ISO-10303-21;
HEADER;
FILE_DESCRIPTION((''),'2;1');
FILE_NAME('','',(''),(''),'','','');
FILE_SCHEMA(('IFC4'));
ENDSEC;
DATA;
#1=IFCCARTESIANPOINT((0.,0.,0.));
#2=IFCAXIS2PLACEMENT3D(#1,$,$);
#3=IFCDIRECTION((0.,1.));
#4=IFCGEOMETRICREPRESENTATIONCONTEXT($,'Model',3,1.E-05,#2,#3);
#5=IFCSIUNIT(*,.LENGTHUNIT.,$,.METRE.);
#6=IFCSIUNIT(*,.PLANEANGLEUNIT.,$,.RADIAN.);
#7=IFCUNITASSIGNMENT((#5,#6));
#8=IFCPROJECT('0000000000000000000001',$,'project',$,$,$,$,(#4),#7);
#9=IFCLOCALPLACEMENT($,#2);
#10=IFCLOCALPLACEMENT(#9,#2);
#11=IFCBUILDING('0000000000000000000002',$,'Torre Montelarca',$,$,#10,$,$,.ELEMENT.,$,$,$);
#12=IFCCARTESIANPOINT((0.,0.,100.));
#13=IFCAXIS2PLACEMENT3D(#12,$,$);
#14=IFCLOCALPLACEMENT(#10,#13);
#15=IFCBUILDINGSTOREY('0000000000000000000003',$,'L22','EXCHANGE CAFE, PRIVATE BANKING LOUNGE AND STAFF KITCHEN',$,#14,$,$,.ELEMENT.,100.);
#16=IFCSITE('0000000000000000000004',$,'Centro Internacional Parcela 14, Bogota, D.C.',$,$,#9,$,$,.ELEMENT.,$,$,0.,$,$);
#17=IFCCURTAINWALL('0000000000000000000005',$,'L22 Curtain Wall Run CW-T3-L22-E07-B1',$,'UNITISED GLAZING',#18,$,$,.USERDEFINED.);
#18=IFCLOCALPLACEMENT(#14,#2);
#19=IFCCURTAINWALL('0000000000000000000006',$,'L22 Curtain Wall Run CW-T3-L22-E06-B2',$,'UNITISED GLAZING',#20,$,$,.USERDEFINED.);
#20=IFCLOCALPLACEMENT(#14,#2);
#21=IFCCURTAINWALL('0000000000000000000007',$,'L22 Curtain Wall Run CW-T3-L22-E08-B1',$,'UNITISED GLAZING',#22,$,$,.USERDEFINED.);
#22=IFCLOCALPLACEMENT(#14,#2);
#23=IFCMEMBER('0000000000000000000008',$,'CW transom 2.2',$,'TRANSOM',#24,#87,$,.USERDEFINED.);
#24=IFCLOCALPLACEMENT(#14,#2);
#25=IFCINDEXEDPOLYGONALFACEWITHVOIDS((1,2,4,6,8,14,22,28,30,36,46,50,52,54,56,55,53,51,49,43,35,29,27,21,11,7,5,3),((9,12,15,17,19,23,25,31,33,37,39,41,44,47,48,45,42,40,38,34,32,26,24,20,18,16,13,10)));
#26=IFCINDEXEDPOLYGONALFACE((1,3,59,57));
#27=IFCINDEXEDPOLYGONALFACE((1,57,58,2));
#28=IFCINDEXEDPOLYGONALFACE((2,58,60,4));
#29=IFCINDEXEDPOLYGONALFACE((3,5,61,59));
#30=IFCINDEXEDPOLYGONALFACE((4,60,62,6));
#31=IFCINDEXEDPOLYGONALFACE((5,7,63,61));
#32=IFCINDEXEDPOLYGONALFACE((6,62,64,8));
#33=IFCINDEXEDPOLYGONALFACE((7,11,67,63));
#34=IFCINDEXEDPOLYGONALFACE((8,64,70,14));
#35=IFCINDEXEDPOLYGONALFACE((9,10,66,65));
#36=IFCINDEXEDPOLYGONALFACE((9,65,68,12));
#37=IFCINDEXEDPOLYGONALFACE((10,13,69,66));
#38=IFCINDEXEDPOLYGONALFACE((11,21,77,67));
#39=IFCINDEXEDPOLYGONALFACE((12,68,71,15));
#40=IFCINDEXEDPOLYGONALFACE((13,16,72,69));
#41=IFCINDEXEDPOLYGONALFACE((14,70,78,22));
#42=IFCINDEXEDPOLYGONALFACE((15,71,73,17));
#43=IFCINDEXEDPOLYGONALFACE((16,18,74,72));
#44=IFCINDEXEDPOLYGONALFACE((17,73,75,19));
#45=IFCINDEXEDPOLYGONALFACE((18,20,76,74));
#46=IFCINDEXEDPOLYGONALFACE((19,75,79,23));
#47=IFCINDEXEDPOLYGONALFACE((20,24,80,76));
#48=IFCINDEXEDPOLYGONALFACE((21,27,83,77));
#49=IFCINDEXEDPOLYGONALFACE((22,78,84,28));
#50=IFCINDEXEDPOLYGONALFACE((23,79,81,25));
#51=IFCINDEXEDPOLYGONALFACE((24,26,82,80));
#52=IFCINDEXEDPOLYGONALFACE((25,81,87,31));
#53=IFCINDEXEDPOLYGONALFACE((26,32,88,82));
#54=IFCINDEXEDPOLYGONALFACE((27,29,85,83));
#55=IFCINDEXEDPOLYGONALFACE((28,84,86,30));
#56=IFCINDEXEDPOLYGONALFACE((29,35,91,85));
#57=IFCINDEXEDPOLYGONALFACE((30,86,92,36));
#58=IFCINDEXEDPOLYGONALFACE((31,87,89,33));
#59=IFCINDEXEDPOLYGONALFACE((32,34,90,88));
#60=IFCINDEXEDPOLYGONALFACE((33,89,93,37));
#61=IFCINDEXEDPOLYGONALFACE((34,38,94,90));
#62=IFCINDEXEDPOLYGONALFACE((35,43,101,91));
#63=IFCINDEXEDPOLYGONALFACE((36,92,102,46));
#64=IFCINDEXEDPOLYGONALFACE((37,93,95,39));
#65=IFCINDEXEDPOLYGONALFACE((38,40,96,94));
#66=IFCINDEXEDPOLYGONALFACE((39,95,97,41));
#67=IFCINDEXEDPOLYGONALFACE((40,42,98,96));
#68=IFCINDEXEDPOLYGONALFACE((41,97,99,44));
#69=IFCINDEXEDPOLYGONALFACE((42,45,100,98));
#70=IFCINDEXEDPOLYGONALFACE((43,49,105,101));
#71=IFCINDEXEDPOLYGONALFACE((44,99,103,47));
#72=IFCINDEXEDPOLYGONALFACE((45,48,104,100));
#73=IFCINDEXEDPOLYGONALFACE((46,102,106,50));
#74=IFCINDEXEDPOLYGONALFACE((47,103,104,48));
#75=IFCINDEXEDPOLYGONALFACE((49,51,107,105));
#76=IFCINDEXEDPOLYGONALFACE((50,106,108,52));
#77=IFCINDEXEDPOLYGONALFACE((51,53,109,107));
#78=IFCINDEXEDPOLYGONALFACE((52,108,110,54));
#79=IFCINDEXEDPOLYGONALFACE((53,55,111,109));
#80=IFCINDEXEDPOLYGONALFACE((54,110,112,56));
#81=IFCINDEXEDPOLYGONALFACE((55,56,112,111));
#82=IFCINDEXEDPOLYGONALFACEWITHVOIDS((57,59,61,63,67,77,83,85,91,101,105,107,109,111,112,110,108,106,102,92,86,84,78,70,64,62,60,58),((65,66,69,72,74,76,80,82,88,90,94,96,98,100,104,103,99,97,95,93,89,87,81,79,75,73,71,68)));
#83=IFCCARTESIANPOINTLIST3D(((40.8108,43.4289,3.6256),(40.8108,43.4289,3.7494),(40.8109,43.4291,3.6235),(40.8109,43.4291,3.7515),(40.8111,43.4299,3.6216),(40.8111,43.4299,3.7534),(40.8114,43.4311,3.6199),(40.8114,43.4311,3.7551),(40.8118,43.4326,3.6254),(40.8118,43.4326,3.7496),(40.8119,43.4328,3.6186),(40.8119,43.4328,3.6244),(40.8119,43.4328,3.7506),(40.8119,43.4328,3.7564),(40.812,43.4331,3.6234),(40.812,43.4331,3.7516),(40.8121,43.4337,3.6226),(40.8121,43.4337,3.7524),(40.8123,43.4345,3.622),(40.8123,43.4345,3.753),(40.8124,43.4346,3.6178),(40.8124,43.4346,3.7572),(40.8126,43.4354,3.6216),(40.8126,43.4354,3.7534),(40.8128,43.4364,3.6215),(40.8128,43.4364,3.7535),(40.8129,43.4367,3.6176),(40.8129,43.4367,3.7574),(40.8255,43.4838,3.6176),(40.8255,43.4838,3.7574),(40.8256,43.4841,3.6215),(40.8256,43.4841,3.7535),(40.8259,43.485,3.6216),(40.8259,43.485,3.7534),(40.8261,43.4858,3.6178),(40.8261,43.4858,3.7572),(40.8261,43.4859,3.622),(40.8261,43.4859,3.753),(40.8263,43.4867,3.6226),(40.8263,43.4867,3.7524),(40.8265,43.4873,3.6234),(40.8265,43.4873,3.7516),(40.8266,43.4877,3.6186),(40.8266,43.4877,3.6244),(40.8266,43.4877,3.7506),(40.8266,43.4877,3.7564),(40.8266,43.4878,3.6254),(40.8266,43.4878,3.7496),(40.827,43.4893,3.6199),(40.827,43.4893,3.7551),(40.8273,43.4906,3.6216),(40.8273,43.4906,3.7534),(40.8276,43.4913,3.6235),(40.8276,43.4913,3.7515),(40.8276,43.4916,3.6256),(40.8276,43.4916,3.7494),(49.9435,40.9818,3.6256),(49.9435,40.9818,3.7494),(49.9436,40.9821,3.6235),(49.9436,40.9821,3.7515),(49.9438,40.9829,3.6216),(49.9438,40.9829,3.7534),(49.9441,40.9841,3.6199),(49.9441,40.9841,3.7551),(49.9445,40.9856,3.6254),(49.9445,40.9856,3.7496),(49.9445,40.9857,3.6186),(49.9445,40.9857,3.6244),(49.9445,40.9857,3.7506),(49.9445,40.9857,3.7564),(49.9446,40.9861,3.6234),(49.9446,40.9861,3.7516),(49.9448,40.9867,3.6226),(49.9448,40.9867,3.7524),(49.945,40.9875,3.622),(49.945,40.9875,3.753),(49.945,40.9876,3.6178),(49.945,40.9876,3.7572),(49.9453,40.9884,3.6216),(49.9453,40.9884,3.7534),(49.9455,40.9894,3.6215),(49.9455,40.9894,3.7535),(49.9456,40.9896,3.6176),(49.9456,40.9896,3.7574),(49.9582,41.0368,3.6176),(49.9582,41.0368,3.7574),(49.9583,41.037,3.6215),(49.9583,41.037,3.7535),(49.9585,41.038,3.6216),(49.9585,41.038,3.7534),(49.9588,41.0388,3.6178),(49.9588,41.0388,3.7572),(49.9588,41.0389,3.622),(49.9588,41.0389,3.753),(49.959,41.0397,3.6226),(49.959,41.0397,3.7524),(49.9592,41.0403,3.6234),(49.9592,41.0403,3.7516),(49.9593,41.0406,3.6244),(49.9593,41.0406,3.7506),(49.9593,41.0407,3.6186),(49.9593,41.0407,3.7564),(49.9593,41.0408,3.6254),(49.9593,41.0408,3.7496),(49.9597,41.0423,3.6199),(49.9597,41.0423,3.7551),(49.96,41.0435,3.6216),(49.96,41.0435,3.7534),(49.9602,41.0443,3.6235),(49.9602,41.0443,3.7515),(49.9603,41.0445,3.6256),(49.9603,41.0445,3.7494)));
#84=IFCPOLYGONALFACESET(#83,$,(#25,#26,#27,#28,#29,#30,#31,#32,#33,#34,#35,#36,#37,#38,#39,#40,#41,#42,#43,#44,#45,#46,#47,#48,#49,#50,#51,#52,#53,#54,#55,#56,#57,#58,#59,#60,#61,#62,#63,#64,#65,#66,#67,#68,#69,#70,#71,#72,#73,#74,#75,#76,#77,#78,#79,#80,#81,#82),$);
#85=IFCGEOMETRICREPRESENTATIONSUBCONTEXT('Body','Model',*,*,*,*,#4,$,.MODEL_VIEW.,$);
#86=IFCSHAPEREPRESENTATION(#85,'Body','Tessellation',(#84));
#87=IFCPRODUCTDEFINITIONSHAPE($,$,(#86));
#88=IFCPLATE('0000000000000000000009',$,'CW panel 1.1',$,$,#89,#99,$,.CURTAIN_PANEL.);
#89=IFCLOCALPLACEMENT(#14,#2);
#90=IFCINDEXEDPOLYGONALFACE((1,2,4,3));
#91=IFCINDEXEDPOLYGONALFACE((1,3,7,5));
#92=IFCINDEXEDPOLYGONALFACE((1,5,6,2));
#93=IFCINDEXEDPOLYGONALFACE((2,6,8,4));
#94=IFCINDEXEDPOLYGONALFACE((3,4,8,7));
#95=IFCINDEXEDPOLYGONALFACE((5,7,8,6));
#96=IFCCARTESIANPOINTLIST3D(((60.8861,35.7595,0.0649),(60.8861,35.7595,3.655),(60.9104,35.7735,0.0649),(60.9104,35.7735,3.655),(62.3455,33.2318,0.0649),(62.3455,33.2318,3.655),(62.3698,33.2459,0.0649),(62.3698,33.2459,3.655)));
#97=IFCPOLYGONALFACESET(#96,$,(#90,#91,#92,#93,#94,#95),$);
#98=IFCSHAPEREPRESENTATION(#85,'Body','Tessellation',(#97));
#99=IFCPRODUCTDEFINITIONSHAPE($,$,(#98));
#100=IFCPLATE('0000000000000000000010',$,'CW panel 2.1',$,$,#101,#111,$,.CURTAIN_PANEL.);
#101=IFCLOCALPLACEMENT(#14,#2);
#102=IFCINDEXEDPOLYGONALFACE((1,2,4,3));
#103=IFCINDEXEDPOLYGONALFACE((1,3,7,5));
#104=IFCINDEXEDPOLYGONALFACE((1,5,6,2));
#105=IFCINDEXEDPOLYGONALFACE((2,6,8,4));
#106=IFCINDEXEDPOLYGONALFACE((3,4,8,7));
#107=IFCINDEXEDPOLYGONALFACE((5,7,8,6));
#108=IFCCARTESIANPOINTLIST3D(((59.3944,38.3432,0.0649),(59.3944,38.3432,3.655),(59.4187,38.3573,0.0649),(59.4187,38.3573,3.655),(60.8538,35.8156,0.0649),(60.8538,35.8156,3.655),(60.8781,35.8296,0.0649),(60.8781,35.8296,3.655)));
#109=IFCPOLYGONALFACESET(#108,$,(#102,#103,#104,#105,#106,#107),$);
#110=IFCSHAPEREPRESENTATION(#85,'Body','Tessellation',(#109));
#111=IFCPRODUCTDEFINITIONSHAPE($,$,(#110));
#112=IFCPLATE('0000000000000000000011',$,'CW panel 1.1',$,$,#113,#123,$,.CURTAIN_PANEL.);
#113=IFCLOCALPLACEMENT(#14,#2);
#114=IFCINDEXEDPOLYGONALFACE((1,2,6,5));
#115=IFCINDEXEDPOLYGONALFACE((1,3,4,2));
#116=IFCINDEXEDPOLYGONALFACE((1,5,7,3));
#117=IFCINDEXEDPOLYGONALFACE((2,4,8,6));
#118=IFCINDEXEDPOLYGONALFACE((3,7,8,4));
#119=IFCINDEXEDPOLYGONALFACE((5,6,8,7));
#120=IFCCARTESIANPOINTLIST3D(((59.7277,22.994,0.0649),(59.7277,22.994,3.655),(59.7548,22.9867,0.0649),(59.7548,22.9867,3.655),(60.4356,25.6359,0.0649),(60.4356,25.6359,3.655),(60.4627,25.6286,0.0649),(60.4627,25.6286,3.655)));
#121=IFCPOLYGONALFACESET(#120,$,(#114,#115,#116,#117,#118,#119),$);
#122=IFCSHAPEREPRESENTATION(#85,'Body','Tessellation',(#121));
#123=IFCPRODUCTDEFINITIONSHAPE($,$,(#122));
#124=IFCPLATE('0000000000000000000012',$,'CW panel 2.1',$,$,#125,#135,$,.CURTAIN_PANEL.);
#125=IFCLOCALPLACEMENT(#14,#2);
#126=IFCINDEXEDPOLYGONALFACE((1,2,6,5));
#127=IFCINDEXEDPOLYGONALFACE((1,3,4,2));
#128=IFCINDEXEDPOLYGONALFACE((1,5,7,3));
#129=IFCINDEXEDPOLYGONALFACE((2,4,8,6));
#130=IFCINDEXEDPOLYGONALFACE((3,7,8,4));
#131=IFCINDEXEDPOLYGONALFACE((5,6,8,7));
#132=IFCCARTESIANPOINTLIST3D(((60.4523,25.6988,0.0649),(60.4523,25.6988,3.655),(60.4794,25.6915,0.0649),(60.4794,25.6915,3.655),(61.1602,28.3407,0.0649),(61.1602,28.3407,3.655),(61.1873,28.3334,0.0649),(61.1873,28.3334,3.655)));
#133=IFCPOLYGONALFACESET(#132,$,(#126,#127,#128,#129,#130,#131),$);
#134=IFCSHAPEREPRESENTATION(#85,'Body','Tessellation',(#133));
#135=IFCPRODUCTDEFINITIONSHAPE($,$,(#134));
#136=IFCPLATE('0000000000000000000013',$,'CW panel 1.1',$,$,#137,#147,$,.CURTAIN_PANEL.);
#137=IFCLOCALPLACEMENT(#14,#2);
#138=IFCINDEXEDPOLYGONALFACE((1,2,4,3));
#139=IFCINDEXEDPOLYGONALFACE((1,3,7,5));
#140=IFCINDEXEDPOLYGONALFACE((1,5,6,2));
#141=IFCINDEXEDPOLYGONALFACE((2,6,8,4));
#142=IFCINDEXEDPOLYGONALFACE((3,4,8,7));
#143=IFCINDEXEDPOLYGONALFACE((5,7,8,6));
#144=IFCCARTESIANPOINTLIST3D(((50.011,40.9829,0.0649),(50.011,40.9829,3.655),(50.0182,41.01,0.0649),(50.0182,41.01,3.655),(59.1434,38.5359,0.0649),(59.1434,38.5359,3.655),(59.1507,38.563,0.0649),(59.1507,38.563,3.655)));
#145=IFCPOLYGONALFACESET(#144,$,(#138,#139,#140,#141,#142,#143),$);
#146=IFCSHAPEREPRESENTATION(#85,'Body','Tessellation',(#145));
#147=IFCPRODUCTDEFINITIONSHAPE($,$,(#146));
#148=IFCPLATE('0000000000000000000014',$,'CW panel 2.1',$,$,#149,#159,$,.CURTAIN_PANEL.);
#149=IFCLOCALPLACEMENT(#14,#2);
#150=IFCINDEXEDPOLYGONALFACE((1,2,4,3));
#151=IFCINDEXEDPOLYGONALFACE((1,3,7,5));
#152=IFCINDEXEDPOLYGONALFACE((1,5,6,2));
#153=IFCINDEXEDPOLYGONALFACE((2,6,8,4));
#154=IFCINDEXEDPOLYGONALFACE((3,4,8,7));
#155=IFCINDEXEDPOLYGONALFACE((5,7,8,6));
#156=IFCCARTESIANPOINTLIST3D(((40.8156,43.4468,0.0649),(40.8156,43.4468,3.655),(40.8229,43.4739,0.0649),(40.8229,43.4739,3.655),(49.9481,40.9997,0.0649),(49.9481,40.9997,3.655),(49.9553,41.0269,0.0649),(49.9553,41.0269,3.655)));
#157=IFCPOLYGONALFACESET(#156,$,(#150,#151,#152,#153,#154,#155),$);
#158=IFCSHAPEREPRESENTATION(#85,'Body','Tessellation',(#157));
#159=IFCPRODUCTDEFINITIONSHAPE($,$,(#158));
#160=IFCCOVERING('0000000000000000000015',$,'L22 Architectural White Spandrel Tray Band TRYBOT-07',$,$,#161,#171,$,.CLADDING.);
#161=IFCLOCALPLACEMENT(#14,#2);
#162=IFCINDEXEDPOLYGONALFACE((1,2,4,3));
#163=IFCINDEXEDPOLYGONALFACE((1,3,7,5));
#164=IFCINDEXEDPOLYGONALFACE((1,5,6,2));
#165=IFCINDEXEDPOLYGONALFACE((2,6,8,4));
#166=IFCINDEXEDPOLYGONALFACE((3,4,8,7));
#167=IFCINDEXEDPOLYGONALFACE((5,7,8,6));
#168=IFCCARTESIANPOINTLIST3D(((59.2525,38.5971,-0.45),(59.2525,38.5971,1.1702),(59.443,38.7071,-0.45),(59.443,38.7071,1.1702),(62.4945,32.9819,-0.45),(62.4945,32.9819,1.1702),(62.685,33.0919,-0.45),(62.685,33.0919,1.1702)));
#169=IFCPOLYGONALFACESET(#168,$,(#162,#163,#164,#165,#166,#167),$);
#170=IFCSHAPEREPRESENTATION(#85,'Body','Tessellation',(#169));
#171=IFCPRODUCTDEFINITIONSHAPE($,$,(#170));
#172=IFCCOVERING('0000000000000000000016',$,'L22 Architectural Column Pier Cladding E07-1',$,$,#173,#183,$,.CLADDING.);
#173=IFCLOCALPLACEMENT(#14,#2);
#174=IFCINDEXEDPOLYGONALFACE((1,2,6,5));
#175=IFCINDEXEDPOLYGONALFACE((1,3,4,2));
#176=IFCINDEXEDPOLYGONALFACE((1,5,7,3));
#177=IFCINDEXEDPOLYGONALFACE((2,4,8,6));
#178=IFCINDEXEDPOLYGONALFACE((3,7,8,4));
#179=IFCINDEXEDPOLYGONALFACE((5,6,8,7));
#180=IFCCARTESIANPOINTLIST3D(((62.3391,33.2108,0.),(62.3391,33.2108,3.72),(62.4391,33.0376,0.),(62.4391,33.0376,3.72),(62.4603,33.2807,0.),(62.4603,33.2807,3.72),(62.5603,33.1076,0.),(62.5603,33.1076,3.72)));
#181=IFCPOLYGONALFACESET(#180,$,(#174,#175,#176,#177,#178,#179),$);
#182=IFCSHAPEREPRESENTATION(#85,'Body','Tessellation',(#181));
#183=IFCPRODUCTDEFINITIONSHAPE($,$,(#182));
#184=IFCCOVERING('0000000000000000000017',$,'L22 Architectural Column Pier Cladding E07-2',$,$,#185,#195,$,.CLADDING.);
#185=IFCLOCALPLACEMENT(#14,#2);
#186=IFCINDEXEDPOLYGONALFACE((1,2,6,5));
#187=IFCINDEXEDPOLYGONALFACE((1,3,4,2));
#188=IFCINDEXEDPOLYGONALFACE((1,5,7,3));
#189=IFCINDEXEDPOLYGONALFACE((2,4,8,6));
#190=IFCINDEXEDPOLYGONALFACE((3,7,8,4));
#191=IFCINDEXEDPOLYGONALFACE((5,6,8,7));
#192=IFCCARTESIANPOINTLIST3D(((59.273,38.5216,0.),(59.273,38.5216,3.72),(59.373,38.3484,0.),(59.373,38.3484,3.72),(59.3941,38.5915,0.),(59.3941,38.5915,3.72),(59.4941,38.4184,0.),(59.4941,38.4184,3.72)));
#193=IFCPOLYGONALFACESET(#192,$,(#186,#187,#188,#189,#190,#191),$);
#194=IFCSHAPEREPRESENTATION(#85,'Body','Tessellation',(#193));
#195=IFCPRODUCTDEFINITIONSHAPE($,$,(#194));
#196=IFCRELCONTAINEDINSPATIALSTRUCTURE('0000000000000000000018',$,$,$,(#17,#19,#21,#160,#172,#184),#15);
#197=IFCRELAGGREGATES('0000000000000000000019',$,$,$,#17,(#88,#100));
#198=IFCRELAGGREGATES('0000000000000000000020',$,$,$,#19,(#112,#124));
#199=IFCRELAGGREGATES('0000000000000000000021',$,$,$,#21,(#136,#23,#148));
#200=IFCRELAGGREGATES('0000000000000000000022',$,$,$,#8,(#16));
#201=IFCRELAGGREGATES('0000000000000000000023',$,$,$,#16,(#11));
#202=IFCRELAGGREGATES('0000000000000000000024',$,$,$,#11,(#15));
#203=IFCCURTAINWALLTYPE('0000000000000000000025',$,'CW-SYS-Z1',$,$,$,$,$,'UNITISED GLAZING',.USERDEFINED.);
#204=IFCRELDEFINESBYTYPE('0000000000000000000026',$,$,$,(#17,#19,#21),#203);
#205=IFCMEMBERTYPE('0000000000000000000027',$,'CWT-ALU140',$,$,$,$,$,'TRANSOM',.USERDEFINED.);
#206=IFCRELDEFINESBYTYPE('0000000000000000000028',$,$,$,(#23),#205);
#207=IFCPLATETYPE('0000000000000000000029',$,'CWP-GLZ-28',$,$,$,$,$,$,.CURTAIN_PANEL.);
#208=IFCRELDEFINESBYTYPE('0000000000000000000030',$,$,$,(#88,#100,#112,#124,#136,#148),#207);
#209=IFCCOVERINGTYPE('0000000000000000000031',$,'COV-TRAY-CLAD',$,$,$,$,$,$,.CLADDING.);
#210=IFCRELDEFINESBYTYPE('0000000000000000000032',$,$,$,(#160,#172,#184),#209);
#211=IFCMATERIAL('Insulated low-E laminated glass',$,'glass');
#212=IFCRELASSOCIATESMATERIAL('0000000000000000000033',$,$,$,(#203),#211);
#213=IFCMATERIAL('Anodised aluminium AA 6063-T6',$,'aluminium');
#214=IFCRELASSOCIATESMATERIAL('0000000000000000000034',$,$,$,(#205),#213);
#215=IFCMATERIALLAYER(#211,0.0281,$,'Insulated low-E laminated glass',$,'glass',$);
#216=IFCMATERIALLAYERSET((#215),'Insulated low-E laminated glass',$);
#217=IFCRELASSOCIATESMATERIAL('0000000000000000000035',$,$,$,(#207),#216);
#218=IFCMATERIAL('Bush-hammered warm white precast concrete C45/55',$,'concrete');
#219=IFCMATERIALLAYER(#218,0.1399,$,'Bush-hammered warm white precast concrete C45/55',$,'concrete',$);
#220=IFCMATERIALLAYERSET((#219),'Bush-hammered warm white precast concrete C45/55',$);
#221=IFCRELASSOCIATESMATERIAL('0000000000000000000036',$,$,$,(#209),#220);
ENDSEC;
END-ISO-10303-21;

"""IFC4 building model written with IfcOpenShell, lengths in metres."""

from ifc_helpers import new_model, si_unit, direction, frame, origin, origin_2d, place, context, subcontext, project, spatial, rectangle, hollow_rectangle, extrude, source, transform, mapped, material, layer, layer_set, material_profile, profile_set, type_object, element, aggregate, save


model = new_model("IFC4")

# Units and contexts
model_context = context("Model", 3, precision=1e-05, world=origin(), true_north=direction((0.0, 1.0)))
body_context = subcontext(model_context, "Body", "Model", "MODEL_VIEW")
ifc_project = project(units=[si_unit("LENGTHUNIT", "METRE"), si_unit("PLANEANGLEUNIT", "RADIAN")], contexts=[model_context])

# Site, building, storey
site_placement = place(None, origin())
site = spatial("IfcSite", under=ifc_project, at=site_placement, Name="Centro Internacional Parcela 14, Bogota, D.C.", CompositionType="ELEMENT", RefElevation=0.0)
building_placement = place(site_placement, origin())
building = spatial("IfcBuilding", under=site, at=building_placement, Name="Torre Montelarca", CompositionType="ELEMENT")
storey_placement = place(building_placement, frame((0.0, 0.0, 100.0)))
storey = spatial("IfcBuildingStorey", under=building, at=storey_placement, Name="L22", Description="EXCHANGE CAFE, PRIVATE BANKING LOUNGE AND STAFF KITCHEN", CompositionType="ELEMENT", Elevation=100.0)

# Curtain walls
ifc_material_1 = material(Name="Insulated low-E laminated glass", Category="glass")
curtain_wall_type = type_object("IfcCurtainWallType", Name="CW-SYS-Z1", ElementType="UNITISED GLAZING", PredefinedType="USERDEFINED", material=ifc_material_1)
curtain_wall_1_placement = place(storey_placement, origin())
curtain_wall_1 = element("IfcCurtainWall", 1, at=curtain_wall_1_placement, inside=storey, type_object=curtain_wall_type, Name="L22 Curtain Wall Run CW-T3-L22-E07-B1", ObjectType="UNITISED GLAZING", PredefinedType="USERDEFINED")
ifc_material_2 = material(Name="Anodised aluminium AA 6063-T6", Category="aluminium")
ifc_material_profile_1 = material_profile(ifc_material_2, hollow_rectangle(XDim=0.0649, YDim=0.1399, WallThickness=0.0039, InnerFilletRadius=0.0039, OuterFilletRadius=0.0081, at=origin_2d()), Name="ALU65X140X4", Category="aluminium")
ifc_profile_set_1 = profile_set([ifc_material_profile_1], Name="Anodised aluminium AA 6063-T6")
member_type_1 = type_object("IfcMemberType", Name="CWT-ALU140", ElementType="TRANSOM", PredefinedType="USERDEFINED", material=ifc_profile_set_1)
curtain_wall_2_placement = place(storey_placement, origin())
curtain_wall_2 = element("IfcCurtainWall", 2, at=curtain_wall_2_placement, inside=storey, type_object=curtain_wall_type, Name="L22 Curtain Wall Run CW-T3-L22-E06-B2", ObjectType="UNITISED GLAZING", PredefinedType="USERDEFINED")

# Curtain wall, member
curtain_wall_3_placement = place(storey_placement, origin())
curtain_wall_3 = element("IfcCurtainWall", 3, at=curtain_wall_3_placement, inside=storey, type_object=curtain_wall_type, Name="L22 Curtain Wall Run CW-T3-L22-E08-B1", ObjectType="UNITISED GLAZING", PredefinedType="USERDEFINED")
shared_shape_1 = source(origin(), body_context, "Body", "SweptSolid", [
    extrude(hollow_rectangle(XDim=0.0649, YDim=0.1399, WallThickness=0.0039, InnerFilletRadius=0.0039, OuterFilletRadius=0.0081, at=origin_2d()), origin(), (0.0, 0.0, 1.0), 9.4548),
])
member_1_placement = place(storey_placement, frame((49.9519, 41.0132, 3.6875), z_axis=(-0.965927, 0.258815, 0.0), x_axis=(-0.258815, -0.965927, 0.0)))
member_1 = element("IfcMember", 4, at=member_1_placement, type_object=member_type_1, Name="CW transom 2.2", ObjectType="TRANSOM", PredefinedType="USERDEFINED", context=body_context, shape_type="MappedRepresentation", body=[
    mapped(shared_shape_1, transform((0.0, 0.0, 0.0), scale=1.0)),
])

# Plates
ifc_layer_1 = layer(ifc_material_1, 0.0281, Name="Insulated low-E laminated glass", Category="glass")
ifc_layer_set_1 = layer_set([ifc_layer_1], Name="Insulated low-E laminated glass")
plate_type = type_object("IfcPlateType", Name="CWP-GLZ-28", PredefinedType="CURTAIN_PANEL", material=ifc_layer_set_1)
shared_shape_2 = source(origin(), body_context, "Body", "SweptSolid", [
    extrude(rectangle(XDim=2.9187, YDim=0.0281, at=origin_2d()), origin(), (0.0, 0.0, 1.0), 3.5901),
])
plate_1_placement = place(storey_placement, frame((61.6279, 34.5027, 0.0649), z_axis=(0.0, 0.0, 1.0), x_axis=(-0.500008, 0.866021, 0.0)))
plate_1 = element("IfcPlate", 5, at=plate_1_placement, type_object=plate_type, Name="CW panel 1.1", PredefinedType="CURTAIN_PANEL", context=body_context, shape_type="MappedRepresentation", body=[
    mapped(shared_shape_2, transform((0.0, 0.0, 0.0), scale=1.0)),
])
plate_2_placement = place(storey_placement, frame((60.1362, 37.0864, 0.0649), z_axis=(0.0, 0.0, 1.0), x_axis=(-0.500008, 0.866021, 0.0)))
plate_2 = element("IfcPlate", 6, at=plate_2_placement, type_object=plate_type, Name="CW panel 2.1", PredefinedType="CURTAIN_PANEL", context=body_context, shape_type="MappedRepresentation", body=[
    mapped(shared_shape_2, transform((0.0, 0.0, 0.0), scale=1.0)),
])
aggregate(curtain_wall_1, [plate_1, plate_2])
shared_shape_3 = source(origin(), body_context, "Body", "SweptSolid", [
    extrude(rectangle(XDim=2.7351, YDim=0.0281, at=origin_2d()), origin(), (0.0, 0.0, 1.0), 3.5901),
])
plate_3_placement = place(storey_placement, frame((60.0952, 24.3113, 0.0649), z_axis=(0.0, 0.0, 1.0), x_axis=(0.258816, 0.965927, 0.0)))
plate_3 = element("IfcPlate", 7, at=plate_3_placement, type_object=plate_type, Name="CW panel 1.1", PredefinedType="CURTAIN_PANEL", context=body_context, shape_type="MappedRepresentation", body=[
    mapped(shared_shape_3, transform((0.0, 0.0, 0.0), scale=1.0)),
])
plate_4_placement = place(storey_placement, frame((60.8198, 27.0161, 0.0649), z_axis=(0.0, 0.0, 1.0), x_axis=(0.258816, 0.965927, 0.0)))
plate_4 = element("IfcPlate", 8, at=plate_4_placement, type_object=plate_type, Name="CW panel 2.1", PredefinedType="CURTAIN_PANEL", context=body_context, shape_type="MappedRepresentation", body=[
    mapped(shared_shape_3, transform((0.0, 0.0, 0.0), scale=1.0)),
])
aggregate(curtain_wall_2, [plate_3, plate_4])
shared_shape_4 = source(origin(), body_context, "Body", "SweptSolid", [
    extrude(rectangle(XDim=9.4546, YDim=0.0281, at=origin_2d()), origin(), (0.0, 0.0, 1.0), 3.5901),
])
plate_5_placement = place(storey_placement, frame((54.5808, 39.7729, 0.0649), z_axis=(0.0, 0.0, 1.0), x_axis=(-0.965926, 0.258818, 0.0)))
plate_5 = element("IfcPlate", 9, at=plate_5_placement, type_object=plate_type, Name="CW panel 1.1", PredefinedType="CURTAIN_PANEL", context=body_context, shape_type="MappedRepresentation", body=[
    mapped(shared_shape_4, transform((0.0, 0.0, 0.0), scale=1.0)),
])
plate_6_placement = place(storey_placement, frame((45.3855, 42.2368, 0.0649), z_axis=(0.0, 0.0, 1.0), x_axis=(-0.965926, 0.258818, 0.0)))
plate_6 = element("IfcPlate", 10, at=plate_6_placement, type_object=plate_type, Name="CW panel 2.1", PredefinedType="CURTAIN_PANEL", context=body_context, shape_type="MappedRepresentation", body=[
    mapped(shared_shape_4, transform((0.0, 0.0, 0.0), scale=1.0)),
])
aggregate(curtain_wall_3, [plate_5, member_1, plate_6])

# Coverings
ifc_material_3 = material(Name="Bush-hammered warm white precast concrete C45/55", Category="concrete")
ifc_layer_2 = layer(ifc_material_3, 0.1399, Name="Bush-hammered warm white precast concrete C45/55", Category="concrete")
ifc_layer_set_2 = layer_set([ifc_layer_2], Name="Bush-hammered warm white precast concrete C45/55")
covering_type = type_object("IfcCoveringType", Name="COV-TRAY-CLAD", PredefinedType="CLADDING", material=ifc_layer_set_2)
shared_shape_5 = source(origin(), body_context, "Body", "SweptSolid", [
    extrude(rectangle(XDim=6.4839, YDim=0.22, at=origin_2d()), origin(), (0.0, 0.0, 1.0), 1.6201),
])
covering_1_placement = place(storey_placement, frame((60.9688, 35.8445, -0.45), z_axis=(0.0, 0.0, 1.0), x_axis=(-0.500006, 0.866022, 0.0)))
element("IfcCovering", 11, at=covering_1_placement, inside=storey, type_object=covering_type, Name="L22 Architectural White Spandrel Tray Band TRYBOT-07", PredefinedType="CLADDING", context=body_context, shape_type="MappedRepresentation", body=[
    mapped(shared_shape_5, transform((0.0, 0.0, 0.0), scale=1.0)),
])
shared_shape_6 = source(origin(), body_context, "Body", "SweptSolid", [
    extrude(rectangle(XDim=0.2, YDim=0.1399, at=origin_2d()), origin(), (0.0, 0.0, 1.0), 3.72),
])
for number, where, z_axis, x_axis, name in (
    (12, (62.4497, 33.1592, 0.0), (0.0, 0.0, 1.0), (-0.500008, 0.866021, 0.0), "L22 Architectural Column Pier Cladding E07-1"),
    (13, (59.3835, 38.47, 0.0), (0.0, 0.0, 1.0), (-0.500008, 0.866021, 0.0), "L22 Architectural Column Pier Cladding E07-2"),
):
    element("IfcCovering", number, at=place(storey_placement, frame(where, z_axis=z_axis, x_axis=x_axis)), inside=storey, type_object=covering_type, Name=name, PredefinedType="CLADDING", context=body_context, shape_type="MappedRepresentation", body=[
        mapped(shared_shape_6, transform((0.0, 0.0, 0.0), scale=1.0)),
    ])

save(model, "model.ifc")
